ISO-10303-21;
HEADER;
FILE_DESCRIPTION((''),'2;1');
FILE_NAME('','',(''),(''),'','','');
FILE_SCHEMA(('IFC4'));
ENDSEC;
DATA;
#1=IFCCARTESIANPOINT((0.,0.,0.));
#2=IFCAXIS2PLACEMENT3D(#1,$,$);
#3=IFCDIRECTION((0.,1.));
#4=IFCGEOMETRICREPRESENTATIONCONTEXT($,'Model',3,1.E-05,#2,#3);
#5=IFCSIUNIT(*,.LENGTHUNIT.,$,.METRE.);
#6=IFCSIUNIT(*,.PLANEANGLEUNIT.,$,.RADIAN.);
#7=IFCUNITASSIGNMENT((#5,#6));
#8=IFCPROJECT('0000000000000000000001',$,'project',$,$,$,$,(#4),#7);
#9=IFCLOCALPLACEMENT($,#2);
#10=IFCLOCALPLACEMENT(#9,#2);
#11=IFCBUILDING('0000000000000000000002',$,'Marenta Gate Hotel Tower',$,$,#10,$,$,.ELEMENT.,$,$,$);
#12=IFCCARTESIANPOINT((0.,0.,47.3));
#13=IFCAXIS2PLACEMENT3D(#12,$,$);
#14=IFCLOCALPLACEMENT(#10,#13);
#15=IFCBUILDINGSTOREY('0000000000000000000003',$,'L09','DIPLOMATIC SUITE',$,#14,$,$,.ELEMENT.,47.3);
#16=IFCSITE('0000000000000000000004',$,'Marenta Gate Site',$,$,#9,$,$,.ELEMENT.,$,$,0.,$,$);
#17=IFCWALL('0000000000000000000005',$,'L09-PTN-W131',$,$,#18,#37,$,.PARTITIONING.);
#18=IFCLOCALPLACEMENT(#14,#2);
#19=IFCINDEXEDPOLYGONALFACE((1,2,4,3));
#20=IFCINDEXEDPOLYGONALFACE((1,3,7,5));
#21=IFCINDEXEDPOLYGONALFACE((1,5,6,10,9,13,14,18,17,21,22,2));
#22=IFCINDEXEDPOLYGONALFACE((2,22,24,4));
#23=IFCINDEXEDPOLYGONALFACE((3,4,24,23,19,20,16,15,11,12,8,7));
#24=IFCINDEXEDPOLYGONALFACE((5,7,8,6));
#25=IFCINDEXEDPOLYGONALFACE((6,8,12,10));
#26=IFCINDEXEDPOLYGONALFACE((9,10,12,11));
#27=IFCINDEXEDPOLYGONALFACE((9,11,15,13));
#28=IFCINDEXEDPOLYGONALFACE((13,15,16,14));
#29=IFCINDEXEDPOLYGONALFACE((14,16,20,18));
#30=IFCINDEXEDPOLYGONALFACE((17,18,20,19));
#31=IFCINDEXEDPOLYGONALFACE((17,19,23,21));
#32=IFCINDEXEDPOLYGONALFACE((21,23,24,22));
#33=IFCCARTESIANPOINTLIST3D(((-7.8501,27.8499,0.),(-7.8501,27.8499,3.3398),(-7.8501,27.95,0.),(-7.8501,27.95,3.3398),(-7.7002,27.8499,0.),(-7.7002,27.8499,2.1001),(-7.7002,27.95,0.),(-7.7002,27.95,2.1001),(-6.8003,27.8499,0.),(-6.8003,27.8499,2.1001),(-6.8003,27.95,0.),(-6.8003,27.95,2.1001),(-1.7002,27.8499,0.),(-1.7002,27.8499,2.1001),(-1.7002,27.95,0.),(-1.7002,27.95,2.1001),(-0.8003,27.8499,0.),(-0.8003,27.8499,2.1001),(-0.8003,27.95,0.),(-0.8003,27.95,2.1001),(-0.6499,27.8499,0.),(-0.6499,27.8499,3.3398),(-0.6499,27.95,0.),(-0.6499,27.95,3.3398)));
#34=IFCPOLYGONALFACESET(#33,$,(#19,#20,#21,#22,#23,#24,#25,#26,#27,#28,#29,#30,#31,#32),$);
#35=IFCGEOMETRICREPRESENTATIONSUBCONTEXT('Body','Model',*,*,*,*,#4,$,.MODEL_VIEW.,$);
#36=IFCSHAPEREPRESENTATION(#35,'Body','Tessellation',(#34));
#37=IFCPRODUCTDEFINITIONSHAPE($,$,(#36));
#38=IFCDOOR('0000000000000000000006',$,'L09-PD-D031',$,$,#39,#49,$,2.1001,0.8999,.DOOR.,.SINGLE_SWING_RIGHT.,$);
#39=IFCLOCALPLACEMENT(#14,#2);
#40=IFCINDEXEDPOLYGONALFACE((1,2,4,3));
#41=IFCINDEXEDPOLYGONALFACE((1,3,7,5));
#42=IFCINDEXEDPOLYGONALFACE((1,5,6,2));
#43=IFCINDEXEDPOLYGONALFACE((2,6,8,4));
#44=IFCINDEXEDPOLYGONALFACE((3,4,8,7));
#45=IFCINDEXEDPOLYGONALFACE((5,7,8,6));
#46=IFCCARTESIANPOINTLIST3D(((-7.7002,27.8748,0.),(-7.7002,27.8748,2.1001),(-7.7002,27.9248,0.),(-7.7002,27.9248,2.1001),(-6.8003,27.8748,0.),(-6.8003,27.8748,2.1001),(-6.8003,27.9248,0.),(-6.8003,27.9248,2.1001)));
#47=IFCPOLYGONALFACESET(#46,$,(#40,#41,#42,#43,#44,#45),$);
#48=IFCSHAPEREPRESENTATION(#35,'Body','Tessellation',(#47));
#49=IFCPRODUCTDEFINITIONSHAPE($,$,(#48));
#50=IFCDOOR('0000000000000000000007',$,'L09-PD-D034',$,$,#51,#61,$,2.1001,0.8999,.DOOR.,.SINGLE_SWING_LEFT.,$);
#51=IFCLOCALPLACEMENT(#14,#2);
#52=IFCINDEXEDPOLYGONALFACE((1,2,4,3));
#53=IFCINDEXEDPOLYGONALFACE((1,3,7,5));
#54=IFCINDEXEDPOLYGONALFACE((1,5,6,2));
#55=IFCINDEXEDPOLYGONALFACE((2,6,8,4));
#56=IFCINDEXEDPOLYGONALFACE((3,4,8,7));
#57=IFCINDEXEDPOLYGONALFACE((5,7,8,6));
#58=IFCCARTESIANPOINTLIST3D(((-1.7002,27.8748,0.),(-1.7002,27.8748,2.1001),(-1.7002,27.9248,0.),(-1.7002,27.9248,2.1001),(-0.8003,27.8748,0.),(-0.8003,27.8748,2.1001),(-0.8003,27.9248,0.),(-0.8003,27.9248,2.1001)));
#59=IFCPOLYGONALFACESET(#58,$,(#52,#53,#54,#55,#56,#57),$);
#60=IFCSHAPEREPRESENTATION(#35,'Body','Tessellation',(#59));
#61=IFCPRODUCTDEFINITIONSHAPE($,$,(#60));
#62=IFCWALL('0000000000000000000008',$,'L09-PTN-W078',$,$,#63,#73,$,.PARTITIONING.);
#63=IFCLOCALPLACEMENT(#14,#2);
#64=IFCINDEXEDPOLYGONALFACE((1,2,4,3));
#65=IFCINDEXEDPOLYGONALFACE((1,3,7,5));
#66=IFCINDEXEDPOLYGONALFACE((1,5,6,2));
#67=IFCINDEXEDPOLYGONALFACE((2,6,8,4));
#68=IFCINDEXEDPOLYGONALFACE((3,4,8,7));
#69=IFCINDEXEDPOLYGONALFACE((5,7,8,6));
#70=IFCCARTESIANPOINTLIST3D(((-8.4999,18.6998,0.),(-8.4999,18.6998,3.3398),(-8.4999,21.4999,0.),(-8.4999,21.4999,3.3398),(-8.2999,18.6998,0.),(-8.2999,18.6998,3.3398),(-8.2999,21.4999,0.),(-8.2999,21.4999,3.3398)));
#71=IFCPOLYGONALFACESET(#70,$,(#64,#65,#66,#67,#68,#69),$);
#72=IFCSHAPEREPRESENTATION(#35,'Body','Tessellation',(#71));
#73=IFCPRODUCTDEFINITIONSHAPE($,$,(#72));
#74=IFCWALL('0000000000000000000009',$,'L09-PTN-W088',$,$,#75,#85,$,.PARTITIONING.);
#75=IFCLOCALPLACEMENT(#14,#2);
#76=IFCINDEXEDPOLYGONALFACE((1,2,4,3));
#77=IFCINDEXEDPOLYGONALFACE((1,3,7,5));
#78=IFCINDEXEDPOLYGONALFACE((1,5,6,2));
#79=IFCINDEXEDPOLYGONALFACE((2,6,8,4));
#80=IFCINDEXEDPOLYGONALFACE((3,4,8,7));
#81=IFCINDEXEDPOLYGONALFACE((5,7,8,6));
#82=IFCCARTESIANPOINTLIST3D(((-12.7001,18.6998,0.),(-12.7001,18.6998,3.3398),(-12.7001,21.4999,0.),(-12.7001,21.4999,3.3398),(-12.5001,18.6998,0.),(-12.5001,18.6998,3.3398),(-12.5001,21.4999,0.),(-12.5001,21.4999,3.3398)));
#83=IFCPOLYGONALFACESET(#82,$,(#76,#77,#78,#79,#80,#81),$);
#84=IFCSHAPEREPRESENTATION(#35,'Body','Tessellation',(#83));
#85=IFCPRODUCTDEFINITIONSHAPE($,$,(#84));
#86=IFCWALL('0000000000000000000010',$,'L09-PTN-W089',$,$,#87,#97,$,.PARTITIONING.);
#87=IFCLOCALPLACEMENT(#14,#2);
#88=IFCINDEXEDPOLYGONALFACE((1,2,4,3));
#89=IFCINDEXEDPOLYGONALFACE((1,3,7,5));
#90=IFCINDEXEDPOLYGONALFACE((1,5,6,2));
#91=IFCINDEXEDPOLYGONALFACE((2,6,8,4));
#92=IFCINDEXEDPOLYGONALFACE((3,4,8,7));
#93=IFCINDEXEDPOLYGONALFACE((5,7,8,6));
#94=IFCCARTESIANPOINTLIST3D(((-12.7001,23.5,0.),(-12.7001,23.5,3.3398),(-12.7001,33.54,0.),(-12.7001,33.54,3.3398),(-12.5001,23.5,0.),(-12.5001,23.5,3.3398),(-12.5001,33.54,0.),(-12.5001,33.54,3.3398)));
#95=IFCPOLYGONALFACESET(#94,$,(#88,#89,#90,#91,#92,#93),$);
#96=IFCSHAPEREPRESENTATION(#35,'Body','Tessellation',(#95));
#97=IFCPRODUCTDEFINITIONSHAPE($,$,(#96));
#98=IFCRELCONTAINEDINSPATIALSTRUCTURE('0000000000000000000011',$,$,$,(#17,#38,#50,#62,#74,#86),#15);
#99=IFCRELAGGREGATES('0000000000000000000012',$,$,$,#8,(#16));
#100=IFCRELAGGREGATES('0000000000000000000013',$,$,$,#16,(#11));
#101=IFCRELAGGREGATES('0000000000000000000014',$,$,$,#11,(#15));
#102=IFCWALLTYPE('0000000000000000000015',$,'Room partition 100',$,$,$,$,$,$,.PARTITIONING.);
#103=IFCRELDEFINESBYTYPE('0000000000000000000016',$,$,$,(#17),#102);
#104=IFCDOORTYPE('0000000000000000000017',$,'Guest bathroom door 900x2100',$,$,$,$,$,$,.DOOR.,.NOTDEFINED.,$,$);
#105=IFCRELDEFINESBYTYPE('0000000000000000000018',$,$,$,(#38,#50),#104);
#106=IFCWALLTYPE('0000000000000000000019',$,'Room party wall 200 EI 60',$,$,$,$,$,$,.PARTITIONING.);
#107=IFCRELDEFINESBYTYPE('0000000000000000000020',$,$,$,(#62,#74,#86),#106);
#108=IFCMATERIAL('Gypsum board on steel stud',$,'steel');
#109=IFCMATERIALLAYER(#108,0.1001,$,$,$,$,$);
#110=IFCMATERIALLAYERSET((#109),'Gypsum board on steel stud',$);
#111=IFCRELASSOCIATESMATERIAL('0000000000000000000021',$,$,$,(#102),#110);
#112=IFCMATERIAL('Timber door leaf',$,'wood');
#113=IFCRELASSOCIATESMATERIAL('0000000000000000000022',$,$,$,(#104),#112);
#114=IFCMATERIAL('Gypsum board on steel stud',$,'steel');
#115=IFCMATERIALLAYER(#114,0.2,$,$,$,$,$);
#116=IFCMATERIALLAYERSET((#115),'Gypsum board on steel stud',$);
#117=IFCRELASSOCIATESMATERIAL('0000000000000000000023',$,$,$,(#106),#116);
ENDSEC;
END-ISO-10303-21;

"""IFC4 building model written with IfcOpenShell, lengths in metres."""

from ifc_helpers import new_model, si_unit, direction, frame, frame_2d, origin, place, context, subcontext, project, spatial, rectangle, extrude, material, layer, layer_set, type_object, element, fill, save


model = new_model("IFC4")

# Units and contexts
model_context = context("Model", 3, precision=1e-05, world=origin(), true_north=direction((0.0, 1.0)))
body_context = subcontext(model_context, "Body", "Model", "MODEL_VIEW")
ifc_project = project(units=[si_unit("LENGTHUNIT", "METRE"), si_unit("PLANEANGLEUNIT", "RADIAN")], contexts=[model_context])

# Site, building, storey
site_placement = place(None, origin())
site = spatial("IfcSite", under=ifc_project, at=site_placement, Name="Marenta Gate Site", CompositionType="ELEMENT", RefElevation=0.0)
building_placement = place(site_placement, origin())
building = spatial("IfcBuilding", under=site, at=building_placement, Name="Marenta Gate Hotel Tower", CompositionType="ELEMENT")
storey_placement = place(building_placement, frame((0.0, 0.0, 47.3)))
storey = spatial("IfcBuildingStorey", under=building, at=storey_placement, Name="L09", Description="DIPLOMATIC SUITE", CompositionType="ELEMENT", Elevation=47.3)

# Shared definitions
ifc_material_1 = material(Name="Gypsum board on steel stud", Category="steel")
ifc_layer_1 = layer(ifc_material_1, 0.1001)
ifc_layer_set_1 = layer_set([ifc_layer_1], Name="Gypsum board on steel stud")
wall_type_1 = type_object("IfcWallType", Name="Room partition 100", PredefinedType="PARTITIONING", material=ifc_layer_set_1)

# Wall, openings, doors
wall_1_placement = place(storey_placement, frame((-7.8501, 27.8999, 0.0), z_axis=(0.0, 0.0, 1.0), x_axis=(1.0, 0.0, 0.0)))
wall_1 = element("IfcWall", 1, at=wall_1_placement, inside=storey, type_object=wall_type_1, Name="L09-PTN-W131", PredefinedType="PARTITIONING", context=body_context, shape_type="SweptSolid", body=[
    extrude(rectangle(XDim=7.2002, YDim=0.1001, at=frame_2d((3.6001, 0.0))), origin(), (0.0, 0.0, 1.0), 3.3398),
])
opening_1_placement = place(wall_1_placement, frame((0.1499, 0.0, 0.0)))
opening_1 = element("IfcOpeningElement", 2, at=opening_1_placement, cuts=wall_1, PredefinedType="OPENING", context=body_context, shape_type="SweptSolid", body=[
    extrude(rectangle(XDim=0.8999, YDim=2.1001, at=frame_2d((0.45, 1.05))), frame((0.0, 0.05, 0.0), z_axis=(0.0, -1.0, 0.0), x_axis=(1.0, 0.0, 0.0)), (0.0, 0.0, 1.0), 0.1001),
])
opening_2_placement = place(wall_1_placement, frame((6.1499, 0.0, 0.0)))
opening_2 = element("IfcOpeningElement", 3, at=opening_2_placement, cuts=wall_1, PredefinedType="OPENING", context=body_context, shape_type="SweptSolid", body=[
    extrude(rectangle(XDim=0.8999, YDim=2.1001, at=frame_2d((0.45, 1.05))), frame((0.0, 0.05, 0.0), z_axis=(0.0, -1.0, 0.0), x_axis=(1.0, 0.0, 0.0)), (0.0, 0.0, 1.0), 0.1001),
])
ifc_material_2 = material(Name="Timber door leaf", Category="wood")
door_type_1 = type_object("IfcDoorType", Name="Guest bathroom door 900x2100", OperationType="NOTDEFINED", PredefinedType="DOOR", material=ifc_material_2)
door_1_placement = place(opening_1_placement, origin())
door_1 = element("IfcDoor", 4, at=door_1_placement, inside=storey, type_object=door_type_1, Name="L09-PD-D031", OperationType="SINGLE_SWING_RIGHT", OverallHeight=2.1001, OverallWidth=0.8999, PredefinedType="DOOR", context=body_context, shape_type="SweptSolid", body=[
    extrude(rectangle(XDim=0.8999, YDim=2.1001, at=frame_2d((0.45, 1.05))), frame((0.0, 0.0249, 0.0), z_axis=(0.0, -1.0, 0.0), x_axis=(1.0, 0.0, 0.0)), (0.0, 0.0, 1.0), 0.05),
])
fill(opening_1, door_1)
door_2_placement = place(opening_2_placement, origin())
door_2 = element("IfcDoor", 5, at=door_2_placement, inside=storey, type_object=door_type_1, Name="L09-PD-D034", OperationType="SINGLE_SWING_LEFT", OverallHeight=2.1001, OverallWidth=0.8999, PredefinedType="DOOR", context=body_context, shape_type="SweptSolid", body=[
    extrude(rectangle(XDim=0.8999, YDim=2.1001, at=frame_2d((0.45, 1.05))), frame((0.0, 0.0249, 0.0), z_axis=(0.0, -1.0, 0.0), x_axis=(1.0, 0.0, 0.0)), (0.0, 0.0, 1.0), 0.05),
])
fill(opening_2, door_2)

# Walls
ifc_material_3 = material(Name="Gypsum board on steel stud", Category="steel")
ifc_layer_2 = layer(ifc_material_3, 0.2)
ifc_layer_set_2 = layer_set([ifc_layer_2], Name="Gypsum board on steel stud")
wall_type_2 = type_object("IfcWallType", Name="Room party wall 200 EI 60", PredefinedType="PARTITIONING", material=ifc_layer_set_2)
for number, where, z_axis, x_axis, name in (
    (6, (-8.3999, 18.7, 0.0), (0.0, 0.0, 1.0), (0.0, 1.0, 0.0), "L09-PTN-W078"),
    (7, (-12.6001, 18.7, 0.0), (0.0, 0.0, 1.0), (0.0, 1.0, 0.0), "L09-PTN-W088"),
):
    element("IfcWall", number, at=place(storey_placement, frame(where, z_axis=z_axis, x_axis=x_axis)), inside=storey, type_object=wall_type_2, Name=name, PredefinedType="PARTITIONING", context=body_context, shape_type="SweptSolid", body=[
        extrude(rectangle(XDim=2.8, YDim=0.2, at=frame_2d((1.3999, 0.0))), origin(), (0.0, 0.0, 1.0), 3.3398),
    ])
wall_2_placement = place(storey_placement, frame((-12.6001, 23.5, 0.0), z_axis=(0.0, 0.0, 1.0), x_axis=(0.0, 1.0, 0.0)))
element("IfcWall", 8, at=wall_2_placement, inside=storey, type_object=wall_type_2, Name="L09-PTN-W089", PredefinedType="PARTITIONING", context=body_context, shape_type="SweptSolid", body=[
    extrude(rectangle(XDim=10.04, YDim=0.2, at=frame_2d((5.02, 0.0))), origin(), (0.0, 0.0, 1.0), 3.3398),
])

save(model, "model.ifc")
